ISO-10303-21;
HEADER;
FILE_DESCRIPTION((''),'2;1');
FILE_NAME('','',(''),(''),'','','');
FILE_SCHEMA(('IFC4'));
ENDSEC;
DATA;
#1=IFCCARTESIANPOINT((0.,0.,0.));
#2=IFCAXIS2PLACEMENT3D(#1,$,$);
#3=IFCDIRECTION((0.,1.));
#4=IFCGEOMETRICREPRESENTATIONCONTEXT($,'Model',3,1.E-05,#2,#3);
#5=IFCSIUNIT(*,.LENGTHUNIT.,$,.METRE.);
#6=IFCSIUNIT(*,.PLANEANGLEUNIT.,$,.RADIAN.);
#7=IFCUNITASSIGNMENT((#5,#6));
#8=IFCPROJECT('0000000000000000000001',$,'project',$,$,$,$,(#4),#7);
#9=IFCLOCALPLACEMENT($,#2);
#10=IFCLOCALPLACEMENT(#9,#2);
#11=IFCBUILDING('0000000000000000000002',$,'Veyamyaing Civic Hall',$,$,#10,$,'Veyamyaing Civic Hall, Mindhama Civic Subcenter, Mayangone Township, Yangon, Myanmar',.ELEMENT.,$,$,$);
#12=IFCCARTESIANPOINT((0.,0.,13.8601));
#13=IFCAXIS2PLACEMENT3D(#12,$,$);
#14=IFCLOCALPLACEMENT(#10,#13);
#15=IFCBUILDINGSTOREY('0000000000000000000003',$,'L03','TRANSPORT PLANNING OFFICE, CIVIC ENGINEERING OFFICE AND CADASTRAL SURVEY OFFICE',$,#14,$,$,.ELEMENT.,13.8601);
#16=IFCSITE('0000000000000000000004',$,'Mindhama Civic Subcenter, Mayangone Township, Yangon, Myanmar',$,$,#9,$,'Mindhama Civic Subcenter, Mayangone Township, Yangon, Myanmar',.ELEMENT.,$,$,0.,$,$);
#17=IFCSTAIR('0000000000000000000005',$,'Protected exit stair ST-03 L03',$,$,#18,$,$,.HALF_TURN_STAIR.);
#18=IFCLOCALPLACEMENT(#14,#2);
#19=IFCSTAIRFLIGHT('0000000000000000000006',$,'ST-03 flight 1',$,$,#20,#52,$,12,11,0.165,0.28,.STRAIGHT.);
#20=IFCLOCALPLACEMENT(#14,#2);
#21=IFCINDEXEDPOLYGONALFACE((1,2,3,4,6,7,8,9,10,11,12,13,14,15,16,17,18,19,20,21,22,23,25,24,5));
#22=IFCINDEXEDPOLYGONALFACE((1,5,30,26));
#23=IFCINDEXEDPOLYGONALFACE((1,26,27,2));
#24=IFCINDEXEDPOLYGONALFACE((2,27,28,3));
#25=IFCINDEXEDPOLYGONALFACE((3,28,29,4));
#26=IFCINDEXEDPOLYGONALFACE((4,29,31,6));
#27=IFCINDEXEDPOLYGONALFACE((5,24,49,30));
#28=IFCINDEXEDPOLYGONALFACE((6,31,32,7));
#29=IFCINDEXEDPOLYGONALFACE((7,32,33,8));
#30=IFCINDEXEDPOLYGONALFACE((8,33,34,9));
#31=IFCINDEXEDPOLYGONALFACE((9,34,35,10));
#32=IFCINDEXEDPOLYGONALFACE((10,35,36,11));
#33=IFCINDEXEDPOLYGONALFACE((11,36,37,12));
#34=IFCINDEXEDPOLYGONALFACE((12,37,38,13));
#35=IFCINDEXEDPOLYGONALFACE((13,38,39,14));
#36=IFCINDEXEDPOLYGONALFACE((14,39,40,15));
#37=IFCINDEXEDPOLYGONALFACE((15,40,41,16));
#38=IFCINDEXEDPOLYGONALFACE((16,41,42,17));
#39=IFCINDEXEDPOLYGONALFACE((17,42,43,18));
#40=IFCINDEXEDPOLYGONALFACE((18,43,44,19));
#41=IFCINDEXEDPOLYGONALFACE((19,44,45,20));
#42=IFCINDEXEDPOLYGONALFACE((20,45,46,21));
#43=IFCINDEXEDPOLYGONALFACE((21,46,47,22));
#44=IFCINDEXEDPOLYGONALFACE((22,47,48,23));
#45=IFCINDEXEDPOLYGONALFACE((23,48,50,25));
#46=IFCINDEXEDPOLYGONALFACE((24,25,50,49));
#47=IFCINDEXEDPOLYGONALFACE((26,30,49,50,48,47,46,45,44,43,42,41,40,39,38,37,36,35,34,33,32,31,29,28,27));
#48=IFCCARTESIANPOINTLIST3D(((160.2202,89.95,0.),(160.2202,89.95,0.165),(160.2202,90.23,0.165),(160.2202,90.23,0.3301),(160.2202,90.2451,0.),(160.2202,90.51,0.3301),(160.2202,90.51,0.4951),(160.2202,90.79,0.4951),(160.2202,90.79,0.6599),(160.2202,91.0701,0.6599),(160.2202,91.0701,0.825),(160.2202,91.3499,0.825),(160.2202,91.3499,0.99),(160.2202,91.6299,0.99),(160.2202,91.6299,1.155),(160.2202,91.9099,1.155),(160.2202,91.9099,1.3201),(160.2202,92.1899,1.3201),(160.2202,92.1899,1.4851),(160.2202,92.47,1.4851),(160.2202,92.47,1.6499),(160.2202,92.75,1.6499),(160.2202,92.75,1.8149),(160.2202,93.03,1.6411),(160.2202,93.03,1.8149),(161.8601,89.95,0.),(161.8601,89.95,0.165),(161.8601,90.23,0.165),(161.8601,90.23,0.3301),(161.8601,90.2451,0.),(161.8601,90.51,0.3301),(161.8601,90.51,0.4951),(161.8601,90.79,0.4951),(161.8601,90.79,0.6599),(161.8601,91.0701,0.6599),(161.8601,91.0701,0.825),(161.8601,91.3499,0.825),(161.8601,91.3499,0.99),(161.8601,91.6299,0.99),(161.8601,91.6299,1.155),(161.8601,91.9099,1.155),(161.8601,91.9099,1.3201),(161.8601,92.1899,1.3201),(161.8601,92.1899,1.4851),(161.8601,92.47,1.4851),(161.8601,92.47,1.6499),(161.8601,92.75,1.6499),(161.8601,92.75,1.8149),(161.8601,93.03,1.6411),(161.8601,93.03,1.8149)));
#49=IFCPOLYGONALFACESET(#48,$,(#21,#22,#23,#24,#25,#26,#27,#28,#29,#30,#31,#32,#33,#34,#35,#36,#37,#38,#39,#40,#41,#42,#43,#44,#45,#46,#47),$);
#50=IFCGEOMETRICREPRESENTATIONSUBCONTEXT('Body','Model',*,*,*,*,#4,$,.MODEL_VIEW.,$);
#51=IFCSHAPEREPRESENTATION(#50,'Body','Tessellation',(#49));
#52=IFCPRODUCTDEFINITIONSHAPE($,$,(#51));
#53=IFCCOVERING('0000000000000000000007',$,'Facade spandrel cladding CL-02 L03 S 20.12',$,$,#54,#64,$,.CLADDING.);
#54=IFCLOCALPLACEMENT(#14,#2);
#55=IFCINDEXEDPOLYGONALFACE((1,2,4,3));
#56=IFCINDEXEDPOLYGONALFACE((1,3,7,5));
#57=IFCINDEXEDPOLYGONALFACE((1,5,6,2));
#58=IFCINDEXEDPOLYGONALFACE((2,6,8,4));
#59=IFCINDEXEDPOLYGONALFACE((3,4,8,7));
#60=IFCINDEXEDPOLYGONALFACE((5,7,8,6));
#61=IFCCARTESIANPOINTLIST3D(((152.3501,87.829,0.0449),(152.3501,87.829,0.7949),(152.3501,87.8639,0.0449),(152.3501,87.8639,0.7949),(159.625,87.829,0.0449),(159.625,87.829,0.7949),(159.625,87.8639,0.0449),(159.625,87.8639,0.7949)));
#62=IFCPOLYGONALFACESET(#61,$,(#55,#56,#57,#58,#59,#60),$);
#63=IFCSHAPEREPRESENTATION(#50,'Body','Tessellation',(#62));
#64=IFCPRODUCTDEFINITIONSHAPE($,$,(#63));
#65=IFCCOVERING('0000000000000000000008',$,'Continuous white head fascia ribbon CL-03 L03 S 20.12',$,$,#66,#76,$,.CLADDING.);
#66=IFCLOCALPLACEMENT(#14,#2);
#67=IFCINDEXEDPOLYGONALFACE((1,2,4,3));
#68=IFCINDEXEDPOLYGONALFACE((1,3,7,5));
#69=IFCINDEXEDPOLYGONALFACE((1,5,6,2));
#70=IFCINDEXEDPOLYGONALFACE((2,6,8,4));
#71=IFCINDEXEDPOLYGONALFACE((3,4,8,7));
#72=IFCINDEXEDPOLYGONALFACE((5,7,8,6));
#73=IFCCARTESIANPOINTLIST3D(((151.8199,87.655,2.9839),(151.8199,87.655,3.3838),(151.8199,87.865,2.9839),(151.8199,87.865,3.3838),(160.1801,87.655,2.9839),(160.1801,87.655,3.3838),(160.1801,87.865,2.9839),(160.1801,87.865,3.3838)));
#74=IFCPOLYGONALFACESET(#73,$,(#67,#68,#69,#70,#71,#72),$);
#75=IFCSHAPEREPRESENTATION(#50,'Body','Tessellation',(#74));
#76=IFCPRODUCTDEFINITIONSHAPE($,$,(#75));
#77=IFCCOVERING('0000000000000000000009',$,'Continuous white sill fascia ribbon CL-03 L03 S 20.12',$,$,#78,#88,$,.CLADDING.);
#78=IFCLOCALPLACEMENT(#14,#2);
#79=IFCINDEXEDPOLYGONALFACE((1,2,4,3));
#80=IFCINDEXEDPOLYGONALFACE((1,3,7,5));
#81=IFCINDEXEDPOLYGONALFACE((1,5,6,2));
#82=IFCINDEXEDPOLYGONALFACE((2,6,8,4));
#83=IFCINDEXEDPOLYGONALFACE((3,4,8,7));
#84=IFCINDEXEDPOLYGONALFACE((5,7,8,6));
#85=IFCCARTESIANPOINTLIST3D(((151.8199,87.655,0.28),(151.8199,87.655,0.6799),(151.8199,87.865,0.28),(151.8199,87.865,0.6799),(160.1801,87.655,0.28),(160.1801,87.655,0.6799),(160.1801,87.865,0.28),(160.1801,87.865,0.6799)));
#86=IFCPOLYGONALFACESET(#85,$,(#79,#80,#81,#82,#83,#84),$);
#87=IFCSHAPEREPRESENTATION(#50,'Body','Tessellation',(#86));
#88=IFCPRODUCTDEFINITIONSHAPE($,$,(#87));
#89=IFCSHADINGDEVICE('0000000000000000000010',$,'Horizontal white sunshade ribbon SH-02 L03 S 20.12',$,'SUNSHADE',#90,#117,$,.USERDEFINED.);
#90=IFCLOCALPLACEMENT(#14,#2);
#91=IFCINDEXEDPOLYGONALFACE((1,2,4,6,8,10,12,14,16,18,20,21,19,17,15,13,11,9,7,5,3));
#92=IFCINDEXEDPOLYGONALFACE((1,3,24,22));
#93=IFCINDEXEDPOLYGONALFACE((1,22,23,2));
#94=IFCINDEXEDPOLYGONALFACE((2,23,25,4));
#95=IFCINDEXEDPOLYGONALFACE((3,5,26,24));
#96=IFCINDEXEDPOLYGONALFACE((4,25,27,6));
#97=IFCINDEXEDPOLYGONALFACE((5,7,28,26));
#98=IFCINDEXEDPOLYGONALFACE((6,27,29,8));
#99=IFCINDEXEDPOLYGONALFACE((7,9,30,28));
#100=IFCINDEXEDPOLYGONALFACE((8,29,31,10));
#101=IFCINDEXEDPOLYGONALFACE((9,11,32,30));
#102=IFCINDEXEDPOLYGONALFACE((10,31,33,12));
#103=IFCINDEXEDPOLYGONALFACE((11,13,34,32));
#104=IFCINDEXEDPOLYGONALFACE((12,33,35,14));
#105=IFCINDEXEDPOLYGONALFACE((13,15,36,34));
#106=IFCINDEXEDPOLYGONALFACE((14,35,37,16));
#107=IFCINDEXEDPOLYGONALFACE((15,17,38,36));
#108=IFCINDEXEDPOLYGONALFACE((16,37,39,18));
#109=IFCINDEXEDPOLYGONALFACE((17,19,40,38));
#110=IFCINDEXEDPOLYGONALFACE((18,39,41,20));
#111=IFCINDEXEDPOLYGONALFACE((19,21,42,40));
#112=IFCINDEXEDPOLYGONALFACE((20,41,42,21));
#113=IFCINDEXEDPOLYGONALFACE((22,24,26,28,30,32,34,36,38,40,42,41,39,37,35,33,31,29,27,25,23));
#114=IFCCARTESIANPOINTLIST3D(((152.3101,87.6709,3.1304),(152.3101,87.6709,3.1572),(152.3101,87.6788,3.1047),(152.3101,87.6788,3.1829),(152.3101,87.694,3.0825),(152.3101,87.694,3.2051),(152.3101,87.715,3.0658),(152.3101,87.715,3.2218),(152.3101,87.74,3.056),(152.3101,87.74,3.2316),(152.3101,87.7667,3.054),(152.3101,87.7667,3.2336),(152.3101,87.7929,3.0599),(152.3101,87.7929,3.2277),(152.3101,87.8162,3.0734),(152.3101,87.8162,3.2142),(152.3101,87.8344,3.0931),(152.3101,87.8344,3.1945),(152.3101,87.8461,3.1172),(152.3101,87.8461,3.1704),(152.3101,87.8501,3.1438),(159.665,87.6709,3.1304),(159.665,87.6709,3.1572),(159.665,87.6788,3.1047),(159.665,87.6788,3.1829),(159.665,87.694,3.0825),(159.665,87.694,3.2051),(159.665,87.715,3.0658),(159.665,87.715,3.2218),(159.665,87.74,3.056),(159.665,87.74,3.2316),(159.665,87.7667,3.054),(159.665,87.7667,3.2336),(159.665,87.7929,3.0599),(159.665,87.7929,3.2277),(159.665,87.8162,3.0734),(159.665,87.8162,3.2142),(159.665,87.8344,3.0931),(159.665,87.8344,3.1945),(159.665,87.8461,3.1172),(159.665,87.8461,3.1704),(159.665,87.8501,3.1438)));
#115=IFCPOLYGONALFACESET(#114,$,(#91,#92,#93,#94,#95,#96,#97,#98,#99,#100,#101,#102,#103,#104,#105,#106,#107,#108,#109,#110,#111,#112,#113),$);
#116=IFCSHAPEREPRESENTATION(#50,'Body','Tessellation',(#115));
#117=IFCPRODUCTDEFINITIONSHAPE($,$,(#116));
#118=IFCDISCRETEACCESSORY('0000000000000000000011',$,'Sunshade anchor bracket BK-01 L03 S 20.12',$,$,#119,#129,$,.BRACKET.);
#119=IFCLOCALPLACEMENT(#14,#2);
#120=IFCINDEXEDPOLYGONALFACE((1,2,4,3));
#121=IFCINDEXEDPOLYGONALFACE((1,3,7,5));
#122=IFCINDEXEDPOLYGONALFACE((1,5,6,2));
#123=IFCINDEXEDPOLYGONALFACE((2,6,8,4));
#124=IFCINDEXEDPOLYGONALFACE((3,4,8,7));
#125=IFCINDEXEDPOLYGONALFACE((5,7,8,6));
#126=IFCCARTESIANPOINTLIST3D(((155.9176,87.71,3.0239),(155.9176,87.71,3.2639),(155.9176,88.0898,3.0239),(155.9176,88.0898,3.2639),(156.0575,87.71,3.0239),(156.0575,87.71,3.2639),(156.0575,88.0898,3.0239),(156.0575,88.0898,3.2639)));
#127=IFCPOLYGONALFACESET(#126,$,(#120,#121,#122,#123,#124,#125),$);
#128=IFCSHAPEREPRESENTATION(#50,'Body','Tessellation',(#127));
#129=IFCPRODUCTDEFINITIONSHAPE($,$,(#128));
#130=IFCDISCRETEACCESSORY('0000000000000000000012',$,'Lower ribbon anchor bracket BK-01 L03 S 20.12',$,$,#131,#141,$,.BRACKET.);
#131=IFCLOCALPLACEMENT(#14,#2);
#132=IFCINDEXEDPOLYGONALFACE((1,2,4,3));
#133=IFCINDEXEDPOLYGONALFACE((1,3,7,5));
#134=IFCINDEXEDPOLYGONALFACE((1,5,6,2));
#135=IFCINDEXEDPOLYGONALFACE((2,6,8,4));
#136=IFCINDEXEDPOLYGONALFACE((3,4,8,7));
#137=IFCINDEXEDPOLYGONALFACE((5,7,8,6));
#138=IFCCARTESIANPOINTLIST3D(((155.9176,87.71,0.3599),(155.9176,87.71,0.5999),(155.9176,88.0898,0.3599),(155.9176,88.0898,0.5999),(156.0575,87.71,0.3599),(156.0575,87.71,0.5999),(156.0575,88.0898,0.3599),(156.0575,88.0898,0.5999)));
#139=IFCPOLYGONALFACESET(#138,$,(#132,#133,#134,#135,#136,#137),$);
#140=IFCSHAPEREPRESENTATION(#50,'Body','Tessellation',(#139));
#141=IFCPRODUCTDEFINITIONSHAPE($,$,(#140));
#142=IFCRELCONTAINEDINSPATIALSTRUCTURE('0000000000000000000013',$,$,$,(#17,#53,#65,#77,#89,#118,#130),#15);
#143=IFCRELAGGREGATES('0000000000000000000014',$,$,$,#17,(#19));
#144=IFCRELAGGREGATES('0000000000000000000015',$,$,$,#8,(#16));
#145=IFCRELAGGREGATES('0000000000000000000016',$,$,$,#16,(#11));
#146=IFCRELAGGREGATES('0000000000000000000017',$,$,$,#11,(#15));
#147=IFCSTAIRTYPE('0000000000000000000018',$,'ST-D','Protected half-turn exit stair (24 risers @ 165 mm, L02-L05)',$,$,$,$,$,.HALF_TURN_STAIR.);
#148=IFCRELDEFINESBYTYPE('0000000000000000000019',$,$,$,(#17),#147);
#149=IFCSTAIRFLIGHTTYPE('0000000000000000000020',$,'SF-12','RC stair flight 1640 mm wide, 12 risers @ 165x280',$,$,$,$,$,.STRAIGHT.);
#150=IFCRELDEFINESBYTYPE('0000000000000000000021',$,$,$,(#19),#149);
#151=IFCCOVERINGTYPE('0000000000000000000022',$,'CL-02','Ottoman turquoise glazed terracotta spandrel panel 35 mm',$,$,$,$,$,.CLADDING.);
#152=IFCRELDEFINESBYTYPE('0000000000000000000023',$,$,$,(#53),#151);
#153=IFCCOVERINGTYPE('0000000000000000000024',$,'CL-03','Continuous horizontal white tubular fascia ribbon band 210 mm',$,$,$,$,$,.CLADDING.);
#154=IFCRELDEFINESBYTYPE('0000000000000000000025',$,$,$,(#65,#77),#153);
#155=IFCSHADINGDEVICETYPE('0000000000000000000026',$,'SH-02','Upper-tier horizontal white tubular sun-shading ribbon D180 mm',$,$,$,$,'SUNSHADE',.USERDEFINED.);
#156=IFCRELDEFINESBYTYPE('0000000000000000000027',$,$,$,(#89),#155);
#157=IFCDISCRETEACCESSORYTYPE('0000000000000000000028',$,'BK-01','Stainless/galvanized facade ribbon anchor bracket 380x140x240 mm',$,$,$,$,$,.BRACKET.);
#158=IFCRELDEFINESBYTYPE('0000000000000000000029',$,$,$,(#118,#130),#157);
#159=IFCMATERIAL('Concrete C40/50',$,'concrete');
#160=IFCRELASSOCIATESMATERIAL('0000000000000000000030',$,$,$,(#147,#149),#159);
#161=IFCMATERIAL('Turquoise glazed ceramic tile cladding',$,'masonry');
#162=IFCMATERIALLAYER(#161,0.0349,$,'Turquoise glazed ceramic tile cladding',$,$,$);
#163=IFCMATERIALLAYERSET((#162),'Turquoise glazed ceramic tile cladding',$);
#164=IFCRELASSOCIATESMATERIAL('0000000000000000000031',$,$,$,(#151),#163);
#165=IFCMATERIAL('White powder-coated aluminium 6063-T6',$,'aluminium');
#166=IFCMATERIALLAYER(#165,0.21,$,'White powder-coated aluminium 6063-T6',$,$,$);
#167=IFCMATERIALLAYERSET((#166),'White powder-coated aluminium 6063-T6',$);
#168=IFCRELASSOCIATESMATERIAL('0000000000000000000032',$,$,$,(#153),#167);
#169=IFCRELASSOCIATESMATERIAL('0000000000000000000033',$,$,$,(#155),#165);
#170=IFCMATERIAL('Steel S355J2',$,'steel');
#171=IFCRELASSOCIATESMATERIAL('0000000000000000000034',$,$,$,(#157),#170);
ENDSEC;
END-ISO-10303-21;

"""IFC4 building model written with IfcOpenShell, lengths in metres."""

from ifc_helpers import new_model, si_unit, direction, frame, origin, origin_2d, place, context, subcontext, project, spatial, polyline, rectangle, circle, outline, extrude, material, layer, layer_set, material_profile, profile_set, type_object, element, aggregate, save


model = new_model("IFC4")

# Units and contexts
model_context = context("Model", 3, precision=1e-05, world=origin(), true_north=direction((0.0, 1.0)))
body_context = subcontext(model_context, "Body", "Model", "MODEL_VIEW")
ifc_project = project(units=[si_unit("LENGTHUNIT", "METRE"), si_unit("PLANEANGLEUNIT", "RADIAN")], contexts=[model_context])

# Site, building, storey
site_placement = place(None, origin())
site = spatial("IfcSite", under=ifc_project, at=site_placement, Name="Mindhama Civic Subcenter, Mayangone Township, Yangon, Myanmar", LongName="Mindhama Civic Subcenter, Mayangone Township, Yangon, Myanmar", CompositionType="ELEMENT", RefElevation=0.0)
building_placement = place(site_placement, origin())
building = spatial("IfcBuilding", under=site, at=building_placement, Name="Veyamyaing Civic Hall", LongName="Veyamyaing Civic Hall, Mindhama Civic Subcenter, Mayangone Township, Yangon, Myanmar", CompositionType="ELEMENT")
storey_placement = place(building_placement, frame((0.0, 0.0, 13.8601)))
storey = spatial("IfcBuildingStorey", under=building, at=storey_placement, Name="L03", Description="TRANSPORT PLANNING OFFICE, CIVIC ENGINEERING OFFICE AND CADASTRAL SURVEY OFFICE", CompositionType="ELEMENT", Elevation=13.8601)

# Shared definitions
ifc_material_1 = material(Name="Concrete C40/50", Category="concrete")

# Stair, stair flight
stair_type = type_object("IfcStairType", Name="ST-D", Description="Protected half-turn exit stair (24 risers @ 165 mm, L02-L05)", PredefinedType="HALF_TURN_STAIR", material=ifc_material_1)
stair_placement = place(storey_placement, origin())
stair = element("IfcStair", 1, at=stair_placement, inside=storey, type_object=stair_type, Name="Protected exit stair ST-03 L03", PredefinedType="HALF_TURN_STAIR")
stair_flight_type = type_object("IfcStairFlightType", Name="SF-12", Description="RC stair flight 1640 mm wide, 12 risers @ 165x280", PredefinedType="STRAIGHT", material=ifc_material_1)
stair_flight_placement = place(storey_placement, frame((161.04, 89.95, 0.0), z_axis=(0.0, 0.0, 1.0), x_axis=(0.0, 1.0, 0.0)))
stair_flight = element("IfcStairFlight", 2, at=stair_flight_placement, type_object=stair_flight_type, Name="ST-03 flight 1", NumberOfRisers=12, NumberOfTreads=11, PredefinedType="STRAIGHT", RiserHeight=0.165, TreadLength=0.28, context=body_context, shape_type="SweptSolid", body=[
    extrude(outline(polyline([(0.0, 0.0), (0.0, 0.165), (0.28, 0.165), (0.28, 0.3301), (0.5601, 0.3301), (0.5601, 0.4951), (0.8401, 0.4951), (0.8401, 0.6599), (1.1201, 0.6599), (1.1201, 0.825), (1.3999, 0.825), (1.3999, 0.99), (1.6799, 0.99), (1.6799, 1.155), (1.96, 1.155), (1.96, 1.3201), (2.24, 1.3201), (2.24, 1.4851), (2.52, 1.4851), (2.52, 1.6499), (2.8, 1.6499), (2.8, 1.8149), (3.0801, 1.8149), (3.0801, 1.98), (3.0801, 1.6411), (0.2952, 0.0), (0.0, 0.0)])), frame((0.0, 0.8198, 0.0), z_axis=(0.0, -1.0, 0.0), x_axis=(1.0, 0.0, 0.0)), (0.0, 0.0, 1.0), 1.6399),
])
aggregate(stair, [stair_flight])

# Coverings
ifc_material_2 = material(Name="Turquoise glazed ceramic tile cladding", Category="masonry")
ifc_layer_1 = layer(ifc_material_2, 0.0349, Name="Turquoise glazed ceramic tile cladding")
ifc_layer_set_1 = layer_set([ifc_layer_1], Name="Turquoise glazed ceramic tile cladding")
covering_type_1 = type_object("IfcCoveringType", Name="CL-02", Description="Ottoman turquoise glazed terracotta spandrel panel 35 mm", PredefinedType="CLADDING", material=ifc_layer_set_1)
covering_placement = place(storey_placement, frame((155.9875, 87.8464, 0.0449), z_axis=(0.0, 0.0, 1.0), x_axis=(1.0, 0.0, 0.0)))
element("IfcCovering", 3, at=covering_placement, inside=storey, type_object=covering_type_1, Name="Facade spandrel cladding CL-02 L03 S 20.12", PredefinedType="CLADDING", context=body_context, shape_type="SweptSolid", body=[
    extrude(rectangle(XDim=7.2749, YDim=0.0349, at=origin_2d()), origin(), (0.0, 0.0, 1.0), 0.75),
])
ifc_material_3 = material(Name="White powder-coated aluminium 6063-T6", Category="aluminium")
ifc_layer_2 = layer(ifc_material_3, 0.21, Name="White powder-coated aluminium 6063-T6")
ifc_layer_set_2 = layer_set([ifc_layer_2], Name="White powder-coated aluminium 6063-T6")
covering_type_2 = type_object("IfcCoveringType", Name="CL-03", Description="Continuous horizontal white tubular fascia ribbon band 210 mm", PredefinedType="CLADDING", material=ifc_layer_set_2)
for number, where, z_axis, x_axis, name in (
    (4, (156.0, 87.76, 2.9839), (0.0, 0.0, 1.0), (1.0, 0.0, 0.0), "Continuous white head fascia ribbon CL-03 L03 S 20.12"),
    (5, (156.0, 87.76, 0.28), (0.0, 0.0, 1.0), (1.0, 0.0, 0.0), "Continuous white sill fascia ribbon CL-03 L03 S 20.12"),
):
    element("IfcCovering", number, at=place(storey_placement, frame(where, z_axis=z_axis, x_axis=x_axis)), inside=storey, type_object=covering_type_2, Name=name, PredefinedType="CLADDING", context=body_context, shape_type="SweptSolid", body=[
        extrude(rectangle(XDim=8.3601, YDim=0.21, at=origin_2d()), origin(), (0.0, 0.0, 1.0), 0.3999),
    ])

# Shading device
ifc_material_profile_1 = material_profile(ifc_material_3, circle(Radius=0.0901, at=origin_2d()), Name="SHADE-TUBE-180")
ifc_profile_set_1 = profile_set([ifc_material_profile_1], Name="White powder-coated aluminium 6063-T6")
shading_device_type = type_object("IfcShadingDeviceType", Name="SH-02", Description="Upper-tier horizontal white tubular sun-shading ribbon D180 mm", ElementType="SUNSHADE", PredefinedType="USERDEFINED", material=ifc_profile_set_1)
shading_device_placement = place(storey_placement, frame((152.3101, 87.76, 3.1438), z_axis=(1.0, 0.0, 0.0), x_axis=(0.0, 1.0, 0.0)))
element("IfcShadingDevice", 6, at=shading_device_placement, inside=storey, type_object=shading_device_type, Name="Horizontal white sunshade ribbon SH-02 L03 S 20.12", ObjectType="SUNSHADE", PredefinedType="USERDEFINED", context=body_context, shape_type="SweptSolid", body=[
    extrude(circle(Radius=0.0901, at=origin_2d()), origin(), (0.0, 0.0, 1.0), 7.355),
])

# Discrete accessories
ifc_material_4 = material(Name="Steel S355J2", Category="steel")
discrete_accessory_type = type_object("IfcDiscreteAccessoryType", Name="BK-01", Description="Stainless/galvanized facade ribbon anchor bracket 380x140x240 mm", PredefinedType="BRACKET", material=ifc_material_4)
for number, where, z_axis, x_axis, name in (
    (7, (155.9875, 87.8999, 3.0239), (0.0, 0.0, 1.0), (0.0, -1.0, 0.0), "Sunshade anchor bracket BK-01 L03 S 20.12"),
    (8, (155.9875, 87.8999, 0.3599), (0.0, 0.0, 1.0), (0.0, -1.0, 0.0), "Lower ribbon anchor bracket BK-01 L03 S 20.12"),
):
    element("IfcDiscreteAccessory", number, at=place(storey_placement, frame(where, z_axis=z_axis, x_axis=x_axis)), inside=storey, type_object=discrete_accessory_type, Name=name, PredefinedType="BRACKET", context=body_context, shape_type="SweptSolid", body=[
        extrude(rectangle(XDim=0.3799, YDim=0.1399, at=origin_2d()), origin(), (0.0, 0.0, 1.0), 0.24),
    ])

save(model, "model.ifc")
